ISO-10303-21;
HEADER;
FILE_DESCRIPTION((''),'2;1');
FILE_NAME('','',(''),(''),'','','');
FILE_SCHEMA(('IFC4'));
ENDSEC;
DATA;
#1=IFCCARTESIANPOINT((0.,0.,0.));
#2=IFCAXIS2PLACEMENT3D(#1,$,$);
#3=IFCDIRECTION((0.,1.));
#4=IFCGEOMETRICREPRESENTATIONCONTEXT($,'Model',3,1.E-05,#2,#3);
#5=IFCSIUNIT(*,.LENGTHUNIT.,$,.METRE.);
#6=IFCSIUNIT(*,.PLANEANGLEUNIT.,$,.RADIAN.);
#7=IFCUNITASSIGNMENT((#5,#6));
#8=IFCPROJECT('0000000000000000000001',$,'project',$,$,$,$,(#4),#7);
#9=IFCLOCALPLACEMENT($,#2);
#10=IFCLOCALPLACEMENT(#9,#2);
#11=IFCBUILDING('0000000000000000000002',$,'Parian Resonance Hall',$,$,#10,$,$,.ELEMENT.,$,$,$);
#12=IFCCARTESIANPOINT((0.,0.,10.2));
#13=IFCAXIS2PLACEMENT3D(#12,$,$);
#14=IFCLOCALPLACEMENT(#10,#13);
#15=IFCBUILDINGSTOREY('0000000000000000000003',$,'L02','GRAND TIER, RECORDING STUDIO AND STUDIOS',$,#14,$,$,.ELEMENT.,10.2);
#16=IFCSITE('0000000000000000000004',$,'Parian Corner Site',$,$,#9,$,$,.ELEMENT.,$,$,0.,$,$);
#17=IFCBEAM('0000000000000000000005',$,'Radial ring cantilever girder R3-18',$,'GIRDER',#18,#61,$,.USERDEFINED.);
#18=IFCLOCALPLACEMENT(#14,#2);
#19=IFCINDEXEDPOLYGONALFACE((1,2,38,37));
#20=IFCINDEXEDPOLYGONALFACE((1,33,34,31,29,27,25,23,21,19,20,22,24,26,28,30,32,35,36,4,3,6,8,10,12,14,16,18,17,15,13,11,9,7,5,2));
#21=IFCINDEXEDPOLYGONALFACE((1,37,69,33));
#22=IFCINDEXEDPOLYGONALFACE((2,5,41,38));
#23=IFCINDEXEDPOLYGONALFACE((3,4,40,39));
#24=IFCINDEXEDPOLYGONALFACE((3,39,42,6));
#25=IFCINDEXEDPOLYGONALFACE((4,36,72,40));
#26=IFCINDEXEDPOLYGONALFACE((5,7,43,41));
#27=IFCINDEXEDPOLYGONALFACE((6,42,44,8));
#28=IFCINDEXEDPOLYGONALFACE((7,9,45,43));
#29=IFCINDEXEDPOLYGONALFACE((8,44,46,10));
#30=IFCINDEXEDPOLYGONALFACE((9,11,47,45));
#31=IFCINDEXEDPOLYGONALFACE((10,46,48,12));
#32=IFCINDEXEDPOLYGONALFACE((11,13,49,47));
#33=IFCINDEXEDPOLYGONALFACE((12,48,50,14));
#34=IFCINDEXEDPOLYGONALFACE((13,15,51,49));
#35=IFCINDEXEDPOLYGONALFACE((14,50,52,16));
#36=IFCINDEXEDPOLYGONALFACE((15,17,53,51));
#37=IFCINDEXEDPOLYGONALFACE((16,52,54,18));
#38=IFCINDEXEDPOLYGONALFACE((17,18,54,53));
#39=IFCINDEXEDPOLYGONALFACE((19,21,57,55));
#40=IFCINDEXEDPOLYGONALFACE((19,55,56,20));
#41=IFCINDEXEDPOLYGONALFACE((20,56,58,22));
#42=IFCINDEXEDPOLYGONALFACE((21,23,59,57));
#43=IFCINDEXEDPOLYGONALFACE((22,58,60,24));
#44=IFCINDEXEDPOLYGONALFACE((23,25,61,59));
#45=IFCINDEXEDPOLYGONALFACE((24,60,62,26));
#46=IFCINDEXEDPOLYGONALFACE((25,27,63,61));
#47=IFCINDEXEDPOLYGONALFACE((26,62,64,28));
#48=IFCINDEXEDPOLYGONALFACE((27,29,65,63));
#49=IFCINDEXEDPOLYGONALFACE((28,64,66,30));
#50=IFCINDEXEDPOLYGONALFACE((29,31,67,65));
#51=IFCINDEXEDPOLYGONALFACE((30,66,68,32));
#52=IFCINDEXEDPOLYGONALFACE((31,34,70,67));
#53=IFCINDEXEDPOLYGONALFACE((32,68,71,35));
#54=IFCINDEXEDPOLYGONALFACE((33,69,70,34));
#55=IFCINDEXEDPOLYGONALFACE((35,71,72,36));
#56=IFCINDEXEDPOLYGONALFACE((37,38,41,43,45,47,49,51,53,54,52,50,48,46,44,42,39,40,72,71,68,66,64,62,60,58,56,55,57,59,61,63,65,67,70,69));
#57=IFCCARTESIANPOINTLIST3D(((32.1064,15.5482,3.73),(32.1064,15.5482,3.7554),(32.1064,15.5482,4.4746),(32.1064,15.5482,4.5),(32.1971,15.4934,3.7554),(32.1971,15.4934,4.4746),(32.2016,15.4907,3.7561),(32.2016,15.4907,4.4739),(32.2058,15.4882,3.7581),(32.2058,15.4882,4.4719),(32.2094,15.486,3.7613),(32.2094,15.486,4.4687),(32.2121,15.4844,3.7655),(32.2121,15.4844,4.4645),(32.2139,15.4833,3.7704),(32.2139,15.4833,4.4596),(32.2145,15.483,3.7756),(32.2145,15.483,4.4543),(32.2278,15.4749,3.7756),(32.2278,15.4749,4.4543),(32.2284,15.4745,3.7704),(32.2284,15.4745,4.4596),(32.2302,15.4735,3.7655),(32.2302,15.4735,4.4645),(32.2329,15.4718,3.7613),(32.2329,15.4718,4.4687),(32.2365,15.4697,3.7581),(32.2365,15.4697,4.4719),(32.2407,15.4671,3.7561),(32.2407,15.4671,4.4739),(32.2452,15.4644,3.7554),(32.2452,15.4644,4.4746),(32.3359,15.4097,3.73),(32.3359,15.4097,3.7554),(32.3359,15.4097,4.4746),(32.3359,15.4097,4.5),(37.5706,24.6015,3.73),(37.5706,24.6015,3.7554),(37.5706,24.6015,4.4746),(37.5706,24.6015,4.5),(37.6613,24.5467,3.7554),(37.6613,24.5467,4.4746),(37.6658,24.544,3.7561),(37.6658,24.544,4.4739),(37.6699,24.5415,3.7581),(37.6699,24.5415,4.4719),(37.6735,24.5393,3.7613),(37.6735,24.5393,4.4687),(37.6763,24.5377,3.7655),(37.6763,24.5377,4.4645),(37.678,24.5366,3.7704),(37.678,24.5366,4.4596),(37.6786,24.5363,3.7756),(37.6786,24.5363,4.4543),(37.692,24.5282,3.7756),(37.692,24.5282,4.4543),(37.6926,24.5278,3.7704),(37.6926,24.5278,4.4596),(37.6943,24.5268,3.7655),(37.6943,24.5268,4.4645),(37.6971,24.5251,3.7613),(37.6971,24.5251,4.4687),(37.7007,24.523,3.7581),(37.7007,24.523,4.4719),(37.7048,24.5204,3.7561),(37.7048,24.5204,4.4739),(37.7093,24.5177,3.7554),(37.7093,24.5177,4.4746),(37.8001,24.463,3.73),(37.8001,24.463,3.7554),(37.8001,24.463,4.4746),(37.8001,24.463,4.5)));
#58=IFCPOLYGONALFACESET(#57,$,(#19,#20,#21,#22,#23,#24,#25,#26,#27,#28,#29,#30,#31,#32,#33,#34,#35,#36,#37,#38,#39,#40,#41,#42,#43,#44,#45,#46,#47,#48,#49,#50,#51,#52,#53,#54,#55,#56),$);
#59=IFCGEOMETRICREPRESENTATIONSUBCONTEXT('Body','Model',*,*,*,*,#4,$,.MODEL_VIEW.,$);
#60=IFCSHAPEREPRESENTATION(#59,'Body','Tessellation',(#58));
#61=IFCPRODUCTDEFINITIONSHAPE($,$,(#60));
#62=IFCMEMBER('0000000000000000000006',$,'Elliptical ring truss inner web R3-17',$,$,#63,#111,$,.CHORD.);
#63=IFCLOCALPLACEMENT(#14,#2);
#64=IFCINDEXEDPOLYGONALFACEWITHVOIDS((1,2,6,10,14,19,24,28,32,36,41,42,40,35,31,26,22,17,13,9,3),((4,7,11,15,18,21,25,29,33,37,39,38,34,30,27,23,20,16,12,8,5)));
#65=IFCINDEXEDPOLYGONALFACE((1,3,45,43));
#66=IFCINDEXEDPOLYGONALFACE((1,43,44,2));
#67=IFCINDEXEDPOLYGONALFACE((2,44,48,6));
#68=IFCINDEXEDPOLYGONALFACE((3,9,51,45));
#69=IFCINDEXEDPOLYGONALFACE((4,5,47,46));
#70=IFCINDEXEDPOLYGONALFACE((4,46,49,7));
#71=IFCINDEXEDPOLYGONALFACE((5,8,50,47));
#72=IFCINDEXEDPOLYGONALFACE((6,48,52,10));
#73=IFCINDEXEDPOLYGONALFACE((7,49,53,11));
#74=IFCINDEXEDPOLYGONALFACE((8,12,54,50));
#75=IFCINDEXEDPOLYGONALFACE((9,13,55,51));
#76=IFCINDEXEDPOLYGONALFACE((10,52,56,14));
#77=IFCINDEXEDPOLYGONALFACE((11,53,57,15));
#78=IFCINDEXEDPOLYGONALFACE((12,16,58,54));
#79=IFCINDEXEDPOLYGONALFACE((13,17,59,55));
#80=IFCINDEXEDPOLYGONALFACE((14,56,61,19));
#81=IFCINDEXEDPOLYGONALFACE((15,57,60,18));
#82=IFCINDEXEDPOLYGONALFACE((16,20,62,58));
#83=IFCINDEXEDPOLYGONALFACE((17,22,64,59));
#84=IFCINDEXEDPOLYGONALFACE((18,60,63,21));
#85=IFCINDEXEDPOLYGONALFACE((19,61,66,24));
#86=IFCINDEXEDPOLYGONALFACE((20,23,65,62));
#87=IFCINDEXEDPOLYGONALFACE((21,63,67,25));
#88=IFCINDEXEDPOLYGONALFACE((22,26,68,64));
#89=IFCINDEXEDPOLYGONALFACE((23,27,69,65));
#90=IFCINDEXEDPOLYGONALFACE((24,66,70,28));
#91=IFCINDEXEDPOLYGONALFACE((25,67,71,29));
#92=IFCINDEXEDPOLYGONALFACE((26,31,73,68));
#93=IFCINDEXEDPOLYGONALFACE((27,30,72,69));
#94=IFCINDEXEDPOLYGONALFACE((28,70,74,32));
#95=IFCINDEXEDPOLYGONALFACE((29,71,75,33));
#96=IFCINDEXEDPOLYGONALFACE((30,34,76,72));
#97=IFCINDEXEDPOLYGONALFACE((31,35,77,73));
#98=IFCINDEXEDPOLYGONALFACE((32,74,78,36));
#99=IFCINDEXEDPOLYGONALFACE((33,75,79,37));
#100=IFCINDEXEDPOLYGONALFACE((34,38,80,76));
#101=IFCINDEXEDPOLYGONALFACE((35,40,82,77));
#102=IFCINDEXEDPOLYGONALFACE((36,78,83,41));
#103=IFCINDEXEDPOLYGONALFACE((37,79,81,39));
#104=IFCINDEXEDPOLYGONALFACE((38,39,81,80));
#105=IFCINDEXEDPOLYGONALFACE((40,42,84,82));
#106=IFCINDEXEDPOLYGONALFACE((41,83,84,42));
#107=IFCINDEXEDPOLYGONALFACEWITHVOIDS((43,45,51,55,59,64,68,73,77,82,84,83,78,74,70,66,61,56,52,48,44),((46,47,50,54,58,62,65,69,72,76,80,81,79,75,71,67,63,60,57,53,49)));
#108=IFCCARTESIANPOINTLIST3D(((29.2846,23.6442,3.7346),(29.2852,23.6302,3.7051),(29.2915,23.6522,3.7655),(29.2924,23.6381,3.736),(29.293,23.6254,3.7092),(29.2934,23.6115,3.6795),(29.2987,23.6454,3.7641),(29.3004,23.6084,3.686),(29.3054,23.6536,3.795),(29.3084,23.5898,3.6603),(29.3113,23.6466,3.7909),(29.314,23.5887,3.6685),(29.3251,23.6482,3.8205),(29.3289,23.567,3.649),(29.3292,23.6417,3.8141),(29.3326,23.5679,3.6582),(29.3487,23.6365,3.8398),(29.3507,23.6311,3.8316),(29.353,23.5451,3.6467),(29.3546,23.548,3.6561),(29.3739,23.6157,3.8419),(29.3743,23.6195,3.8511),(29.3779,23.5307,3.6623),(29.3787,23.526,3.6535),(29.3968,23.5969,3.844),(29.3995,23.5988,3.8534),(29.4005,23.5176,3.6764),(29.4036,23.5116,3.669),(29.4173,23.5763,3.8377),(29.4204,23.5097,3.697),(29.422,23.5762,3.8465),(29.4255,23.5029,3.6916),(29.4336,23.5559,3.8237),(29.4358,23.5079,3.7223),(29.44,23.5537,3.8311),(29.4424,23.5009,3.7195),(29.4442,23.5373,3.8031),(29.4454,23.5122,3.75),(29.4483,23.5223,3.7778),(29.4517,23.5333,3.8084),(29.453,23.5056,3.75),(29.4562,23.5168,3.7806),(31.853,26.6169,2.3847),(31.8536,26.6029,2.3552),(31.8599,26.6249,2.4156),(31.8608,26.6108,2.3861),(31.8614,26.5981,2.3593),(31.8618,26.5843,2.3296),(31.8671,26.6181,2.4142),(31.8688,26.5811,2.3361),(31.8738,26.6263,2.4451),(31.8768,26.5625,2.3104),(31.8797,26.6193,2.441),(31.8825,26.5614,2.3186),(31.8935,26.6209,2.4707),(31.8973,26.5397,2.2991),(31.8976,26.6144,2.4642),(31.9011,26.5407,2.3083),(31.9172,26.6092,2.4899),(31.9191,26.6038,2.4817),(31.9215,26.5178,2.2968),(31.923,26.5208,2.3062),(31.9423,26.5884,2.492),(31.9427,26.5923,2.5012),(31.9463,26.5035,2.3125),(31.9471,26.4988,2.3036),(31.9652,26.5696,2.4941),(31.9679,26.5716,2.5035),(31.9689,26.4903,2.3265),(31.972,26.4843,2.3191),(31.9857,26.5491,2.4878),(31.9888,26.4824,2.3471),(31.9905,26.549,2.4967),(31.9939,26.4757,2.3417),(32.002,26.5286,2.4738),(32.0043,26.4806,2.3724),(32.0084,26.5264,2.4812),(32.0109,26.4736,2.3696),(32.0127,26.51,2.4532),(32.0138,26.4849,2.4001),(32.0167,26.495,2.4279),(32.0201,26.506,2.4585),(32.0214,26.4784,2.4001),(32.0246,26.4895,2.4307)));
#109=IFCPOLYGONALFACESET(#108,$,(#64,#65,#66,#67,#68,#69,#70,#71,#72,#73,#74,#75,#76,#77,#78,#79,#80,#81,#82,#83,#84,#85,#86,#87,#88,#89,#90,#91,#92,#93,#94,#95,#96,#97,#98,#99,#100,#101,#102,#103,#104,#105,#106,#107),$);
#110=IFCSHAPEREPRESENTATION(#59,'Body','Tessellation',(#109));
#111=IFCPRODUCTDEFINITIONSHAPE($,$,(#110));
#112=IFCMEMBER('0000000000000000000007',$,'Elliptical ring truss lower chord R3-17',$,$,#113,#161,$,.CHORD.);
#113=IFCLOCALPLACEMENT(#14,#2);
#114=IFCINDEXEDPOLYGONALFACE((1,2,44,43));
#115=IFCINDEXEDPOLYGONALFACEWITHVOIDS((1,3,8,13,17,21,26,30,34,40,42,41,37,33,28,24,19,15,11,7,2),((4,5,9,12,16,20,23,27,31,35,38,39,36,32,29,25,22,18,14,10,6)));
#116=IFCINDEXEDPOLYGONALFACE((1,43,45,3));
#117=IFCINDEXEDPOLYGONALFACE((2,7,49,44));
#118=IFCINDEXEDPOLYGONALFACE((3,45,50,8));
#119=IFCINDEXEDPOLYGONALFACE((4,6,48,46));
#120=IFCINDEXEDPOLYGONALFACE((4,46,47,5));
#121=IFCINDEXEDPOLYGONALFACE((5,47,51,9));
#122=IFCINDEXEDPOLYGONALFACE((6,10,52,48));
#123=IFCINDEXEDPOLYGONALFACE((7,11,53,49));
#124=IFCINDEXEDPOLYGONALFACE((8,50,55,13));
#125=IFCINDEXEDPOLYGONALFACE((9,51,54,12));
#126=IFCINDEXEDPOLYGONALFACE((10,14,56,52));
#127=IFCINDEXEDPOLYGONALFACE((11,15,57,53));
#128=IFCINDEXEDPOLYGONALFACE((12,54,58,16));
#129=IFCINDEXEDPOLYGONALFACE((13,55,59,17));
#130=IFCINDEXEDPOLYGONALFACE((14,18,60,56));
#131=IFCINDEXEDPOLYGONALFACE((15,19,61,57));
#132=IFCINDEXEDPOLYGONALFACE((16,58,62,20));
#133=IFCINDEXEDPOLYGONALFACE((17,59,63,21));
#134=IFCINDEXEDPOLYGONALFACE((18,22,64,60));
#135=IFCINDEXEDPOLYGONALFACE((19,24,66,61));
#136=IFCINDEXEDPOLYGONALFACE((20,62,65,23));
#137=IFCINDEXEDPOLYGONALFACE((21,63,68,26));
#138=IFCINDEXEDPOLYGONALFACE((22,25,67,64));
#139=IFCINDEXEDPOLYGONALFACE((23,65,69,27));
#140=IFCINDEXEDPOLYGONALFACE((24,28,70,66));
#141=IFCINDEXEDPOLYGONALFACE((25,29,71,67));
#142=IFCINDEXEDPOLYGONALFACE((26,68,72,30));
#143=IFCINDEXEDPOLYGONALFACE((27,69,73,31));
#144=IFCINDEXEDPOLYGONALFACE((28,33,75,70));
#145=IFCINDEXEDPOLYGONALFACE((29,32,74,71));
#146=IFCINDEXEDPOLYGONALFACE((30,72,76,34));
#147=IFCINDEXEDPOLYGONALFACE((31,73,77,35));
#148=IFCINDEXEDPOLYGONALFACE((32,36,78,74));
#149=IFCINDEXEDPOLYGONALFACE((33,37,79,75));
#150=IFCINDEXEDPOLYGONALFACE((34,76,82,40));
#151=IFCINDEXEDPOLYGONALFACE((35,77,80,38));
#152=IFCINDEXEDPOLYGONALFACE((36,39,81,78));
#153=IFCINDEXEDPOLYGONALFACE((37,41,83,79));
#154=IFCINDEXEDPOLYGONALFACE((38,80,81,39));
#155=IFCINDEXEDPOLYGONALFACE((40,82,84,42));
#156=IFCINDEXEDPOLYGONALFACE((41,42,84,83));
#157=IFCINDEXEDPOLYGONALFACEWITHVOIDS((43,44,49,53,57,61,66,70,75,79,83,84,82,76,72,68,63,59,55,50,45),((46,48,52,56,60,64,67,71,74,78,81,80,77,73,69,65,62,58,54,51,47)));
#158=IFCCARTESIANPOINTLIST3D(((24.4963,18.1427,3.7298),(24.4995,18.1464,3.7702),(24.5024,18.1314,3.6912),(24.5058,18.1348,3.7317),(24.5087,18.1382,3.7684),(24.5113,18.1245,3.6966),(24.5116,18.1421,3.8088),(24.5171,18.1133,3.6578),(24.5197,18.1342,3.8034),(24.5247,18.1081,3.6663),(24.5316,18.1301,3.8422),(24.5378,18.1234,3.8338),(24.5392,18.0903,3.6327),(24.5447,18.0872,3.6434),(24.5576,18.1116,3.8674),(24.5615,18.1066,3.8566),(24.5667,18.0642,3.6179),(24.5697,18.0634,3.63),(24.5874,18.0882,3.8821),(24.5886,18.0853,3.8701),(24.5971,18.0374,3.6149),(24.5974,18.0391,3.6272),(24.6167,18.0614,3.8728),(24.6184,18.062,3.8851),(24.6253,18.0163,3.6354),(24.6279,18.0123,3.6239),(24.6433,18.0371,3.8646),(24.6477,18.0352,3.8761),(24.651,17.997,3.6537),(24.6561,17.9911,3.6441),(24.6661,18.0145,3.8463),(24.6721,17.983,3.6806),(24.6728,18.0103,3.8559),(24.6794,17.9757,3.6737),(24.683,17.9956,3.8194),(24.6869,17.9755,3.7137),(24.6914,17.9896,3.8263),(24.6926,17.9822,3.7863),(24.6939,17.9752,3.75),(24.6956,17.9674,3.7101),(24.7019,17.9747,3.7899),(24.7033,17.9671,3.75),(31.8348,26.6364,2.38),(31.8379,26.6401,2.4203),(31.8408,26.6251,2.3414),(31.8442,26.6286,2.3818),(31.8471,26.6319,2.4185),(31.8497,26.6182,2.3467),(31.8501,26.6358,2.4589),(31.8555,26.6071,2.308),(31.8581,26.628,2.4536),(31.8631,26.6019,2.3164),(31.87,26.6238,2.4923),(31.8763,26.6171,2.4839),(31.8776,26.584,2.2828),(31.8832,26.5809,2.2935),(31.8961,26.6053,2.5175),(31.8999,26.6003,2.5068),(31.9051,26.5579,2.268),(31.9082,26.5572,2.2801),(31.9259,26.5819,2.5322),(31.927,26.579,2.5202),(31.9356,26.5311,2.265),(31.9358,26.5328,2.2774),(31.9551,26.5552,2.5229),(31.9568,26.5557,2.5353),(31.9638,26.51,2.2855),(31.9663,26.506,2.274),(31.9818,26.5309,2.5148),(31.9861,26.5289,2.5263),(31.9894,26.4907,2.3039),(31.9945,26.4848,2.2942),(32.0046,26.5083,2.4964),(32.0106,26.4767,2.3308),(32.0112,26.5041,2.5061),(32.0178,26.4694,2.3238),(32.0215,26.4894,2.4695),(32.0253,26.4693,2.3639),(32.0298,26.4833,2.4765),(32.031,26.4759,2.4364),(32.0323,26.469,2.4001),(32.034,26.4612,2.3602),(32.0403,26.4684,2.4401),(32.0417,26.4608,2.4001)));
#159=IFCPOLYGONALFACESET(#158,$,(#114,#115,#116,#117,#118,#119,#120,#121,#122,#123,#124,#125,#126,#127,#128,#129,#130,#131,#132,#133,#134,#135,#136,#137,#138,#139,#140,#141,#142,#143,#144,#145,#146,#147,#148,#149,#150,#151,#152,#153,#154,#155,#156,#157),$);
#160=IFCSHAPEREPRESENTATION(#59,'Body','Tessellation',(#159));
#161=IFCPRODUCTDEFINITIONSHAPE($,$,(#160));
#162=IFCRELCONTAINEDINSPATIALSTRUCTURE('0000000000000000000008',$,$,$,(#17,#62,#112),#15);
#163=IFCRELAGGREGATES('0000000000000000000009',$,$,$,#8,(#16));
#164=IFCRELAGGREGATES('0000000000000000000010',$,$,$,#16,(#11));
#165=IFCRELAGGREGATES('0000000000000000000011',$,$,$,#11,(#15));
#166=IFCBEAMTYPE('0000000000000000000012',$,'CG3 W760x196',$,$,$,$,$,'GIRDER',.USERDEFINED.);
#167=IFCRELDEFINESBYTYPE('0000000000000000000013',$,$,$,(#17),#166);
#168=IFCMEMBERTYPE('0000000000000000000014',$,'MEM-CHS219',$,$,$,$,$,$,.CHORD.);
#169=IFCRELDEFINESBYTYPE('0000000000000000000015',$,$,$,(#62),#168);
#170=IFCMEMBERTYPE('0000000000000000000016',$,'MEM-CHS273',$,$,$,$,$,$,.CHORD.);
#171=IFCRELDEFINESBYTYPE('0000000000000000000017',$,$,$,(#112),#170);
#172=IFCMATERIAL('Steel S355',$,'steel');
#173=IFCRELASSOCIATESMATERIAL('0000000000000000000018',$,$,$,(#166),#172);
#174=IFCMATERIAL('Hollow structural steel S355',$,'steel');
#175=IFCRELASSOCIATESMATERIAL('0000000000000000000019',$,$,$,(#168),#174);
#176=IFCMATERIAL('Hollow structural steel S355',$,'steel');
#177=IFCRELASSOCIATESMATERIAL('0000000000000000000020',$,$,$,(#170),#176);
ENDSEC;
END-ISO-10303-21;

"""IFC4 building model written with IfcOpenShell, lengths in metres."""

from ifc_helpers import new_model, si_unit, direction, frame, origin, origin_2d, place, context, subcontext, project, spatial, hollow_circle, i_section, extrude, material, material_profile, profile_set, type_object, element, save


model = new_model("IFC4")

# Units and contexts
model_context = context("Model", 3, precision=1e-05, world=origin(), true_north=direction((0.0, 1.0)))
body_context = subcontext(model_context, "Body", "Model", "MODEL_VIEW")
ifc_project = project(units=[si_unit("LENGTHUNIT", "METRE"), si_unit("PLANEANGLEUNIT", "RADIAN")], contexts=[model_context])

# Site, building, storey
site_placement = place(None, origin())
site = spatial("IfcSite", under=ifc_project, at=site_placement, Name="Parian Corner Site", CompositionType="ELEMENT", RefElevation=0.0)
building_placement = place(site_placement, origin())
building = spatial("IfcBuilding", under=site, at=building_placement, Name="Parian Resonance Hall", CompositionType="ELEMENT")
storey_placement = place(building_placement, frame((0.0, 0.0, 10.2)))
storey = spatial("IfcBuildingStorey", under=building, at=storey_placement, Name="L02", Description="GRAND TIER, RECORDING STUDIO AND STUDIOS", CompositionType="ELEMENT", Elevation=10.2)

# Beam
ifc_material_1 = material(Name="Steel S355", Category="steel")
ifc_material_profile_1 = material_profile(ifc_material_1, i_section(OverallWidth=0.2681, OverallDepth=0.77, WebThickness=0.0156, FlangeThickness=0.0254, FilletRadius=0.0203, at=origin_2d()), Name="W760x196")
ifc_profile_set_1 = profile_set([ifc_material_profile_1], Name="Steel S355")
beam_type_1 = type_object("IfcBeamType", Name="CG3 W760x196", ElementType="GIRDER", PredefinedType="USERDEFINED", material=ifc_profile_set_1)
beam_1_placement = place(storey_placement, frame((37.6853, 24.5322, 4.115), z_axis=(-0.516731, -0.856148, 0.0), x_axis=(0.856148, -0.516731, 0.0)))
element("IfcBeam", 1, at=beam_1_placement, inside=storey, type_object=beam_type_1, Name="Radial ring cantilever girder R3-18", ObjectType="GIRDER", PredefinedType="USERDEFINED", context=body_context, shape_type="SweptSolid", body=[
    extrude(i_section(OverallWidth=0.2681, OverallDepth=0.77, WebThickness=0.0156, FlangeThickness=0.0254, FilletRadius=0.0203, at=origin_2d()), origin(), (0.0, 0.0, 1.0), 10.5745),
])

# Members
ifc_material_2 = material(Name="Hollow structural steel S355", Category="steel")
ifc_material_profile_2 = material_profile(ifc_material_2, hollow_circle(Radius=0.1096, WallThickness=0.01, at=origin_2d()), Name="CHS219.1x10")
ifc_profile_set_2 = profile_set([ifc_material_profile_2], Name="Hollow structural steel S355")
member_type_1 = type_object("IfcMemberType", Name="MEM-CHS219", PredefinedType="CHORD", material=ifc_profile_set_2)
member_1_placement = place(storey_placement, frame((31.9385, 26.55, 2.4001), z_axis=(-0.618294, -0.715622, 0.324957), x_axis=(0.756689, -0.653775, 0.0)))
element("IfcMember", 2, at=member_1_placement, inside=storey, type_object=member_type_1, Name="Elliptical ring truss inner web R3-17", PredefinedType="CHORD", context=body_context, shape_type="SweptSolid", body=[
    extrude(hollow_circle(Radius=0.1096, WallThickness=0.01, at=origin_2d()), origin(), (0.0, 0.0, 1.0), 4.1541),
])
ifc_material_3 = material(Name="Hollow structural steel S355", Category="steel")
ifc_material_profile_3 = material_profile(ifc_material_3, hollow_circle(Radius=0.1365, WallThickness=0.0125, at=origin_2d()), Name="CHS273x12.5")
ifc_profile_set_3 = profile_set([ifc_material_profile_3], Name="Hollow structural steel S355")
member_type_2 = type_object("IfcMemberType", Name="MEM-CHS273", PredefinedType="CHORD", material=ifc_profile_set_3)
member_2_placement = place(storey_placement, frame((31.9385, 26.55, 2.4001), z_axis=(-0.649094, -0.75128, 0.119397), x_axis=(0.756693, -0.65377, 0.0)))
element("IfcMember", 3, at=member_2_placement, inside=storey, type_object=member_type_2, Name="Elliptical ring truss lower chord R3-17", PredefinedType="CHORD", context=body_context, shape_type="SweptSolid", body=[
    extrude(hollow_circle(Radius=0.1365, WallThickness=0.0125, at=origin_2d()), origin(), (0.0, 0.0, 1.0), 11.3057),
])

save(model, "model.ifc")
